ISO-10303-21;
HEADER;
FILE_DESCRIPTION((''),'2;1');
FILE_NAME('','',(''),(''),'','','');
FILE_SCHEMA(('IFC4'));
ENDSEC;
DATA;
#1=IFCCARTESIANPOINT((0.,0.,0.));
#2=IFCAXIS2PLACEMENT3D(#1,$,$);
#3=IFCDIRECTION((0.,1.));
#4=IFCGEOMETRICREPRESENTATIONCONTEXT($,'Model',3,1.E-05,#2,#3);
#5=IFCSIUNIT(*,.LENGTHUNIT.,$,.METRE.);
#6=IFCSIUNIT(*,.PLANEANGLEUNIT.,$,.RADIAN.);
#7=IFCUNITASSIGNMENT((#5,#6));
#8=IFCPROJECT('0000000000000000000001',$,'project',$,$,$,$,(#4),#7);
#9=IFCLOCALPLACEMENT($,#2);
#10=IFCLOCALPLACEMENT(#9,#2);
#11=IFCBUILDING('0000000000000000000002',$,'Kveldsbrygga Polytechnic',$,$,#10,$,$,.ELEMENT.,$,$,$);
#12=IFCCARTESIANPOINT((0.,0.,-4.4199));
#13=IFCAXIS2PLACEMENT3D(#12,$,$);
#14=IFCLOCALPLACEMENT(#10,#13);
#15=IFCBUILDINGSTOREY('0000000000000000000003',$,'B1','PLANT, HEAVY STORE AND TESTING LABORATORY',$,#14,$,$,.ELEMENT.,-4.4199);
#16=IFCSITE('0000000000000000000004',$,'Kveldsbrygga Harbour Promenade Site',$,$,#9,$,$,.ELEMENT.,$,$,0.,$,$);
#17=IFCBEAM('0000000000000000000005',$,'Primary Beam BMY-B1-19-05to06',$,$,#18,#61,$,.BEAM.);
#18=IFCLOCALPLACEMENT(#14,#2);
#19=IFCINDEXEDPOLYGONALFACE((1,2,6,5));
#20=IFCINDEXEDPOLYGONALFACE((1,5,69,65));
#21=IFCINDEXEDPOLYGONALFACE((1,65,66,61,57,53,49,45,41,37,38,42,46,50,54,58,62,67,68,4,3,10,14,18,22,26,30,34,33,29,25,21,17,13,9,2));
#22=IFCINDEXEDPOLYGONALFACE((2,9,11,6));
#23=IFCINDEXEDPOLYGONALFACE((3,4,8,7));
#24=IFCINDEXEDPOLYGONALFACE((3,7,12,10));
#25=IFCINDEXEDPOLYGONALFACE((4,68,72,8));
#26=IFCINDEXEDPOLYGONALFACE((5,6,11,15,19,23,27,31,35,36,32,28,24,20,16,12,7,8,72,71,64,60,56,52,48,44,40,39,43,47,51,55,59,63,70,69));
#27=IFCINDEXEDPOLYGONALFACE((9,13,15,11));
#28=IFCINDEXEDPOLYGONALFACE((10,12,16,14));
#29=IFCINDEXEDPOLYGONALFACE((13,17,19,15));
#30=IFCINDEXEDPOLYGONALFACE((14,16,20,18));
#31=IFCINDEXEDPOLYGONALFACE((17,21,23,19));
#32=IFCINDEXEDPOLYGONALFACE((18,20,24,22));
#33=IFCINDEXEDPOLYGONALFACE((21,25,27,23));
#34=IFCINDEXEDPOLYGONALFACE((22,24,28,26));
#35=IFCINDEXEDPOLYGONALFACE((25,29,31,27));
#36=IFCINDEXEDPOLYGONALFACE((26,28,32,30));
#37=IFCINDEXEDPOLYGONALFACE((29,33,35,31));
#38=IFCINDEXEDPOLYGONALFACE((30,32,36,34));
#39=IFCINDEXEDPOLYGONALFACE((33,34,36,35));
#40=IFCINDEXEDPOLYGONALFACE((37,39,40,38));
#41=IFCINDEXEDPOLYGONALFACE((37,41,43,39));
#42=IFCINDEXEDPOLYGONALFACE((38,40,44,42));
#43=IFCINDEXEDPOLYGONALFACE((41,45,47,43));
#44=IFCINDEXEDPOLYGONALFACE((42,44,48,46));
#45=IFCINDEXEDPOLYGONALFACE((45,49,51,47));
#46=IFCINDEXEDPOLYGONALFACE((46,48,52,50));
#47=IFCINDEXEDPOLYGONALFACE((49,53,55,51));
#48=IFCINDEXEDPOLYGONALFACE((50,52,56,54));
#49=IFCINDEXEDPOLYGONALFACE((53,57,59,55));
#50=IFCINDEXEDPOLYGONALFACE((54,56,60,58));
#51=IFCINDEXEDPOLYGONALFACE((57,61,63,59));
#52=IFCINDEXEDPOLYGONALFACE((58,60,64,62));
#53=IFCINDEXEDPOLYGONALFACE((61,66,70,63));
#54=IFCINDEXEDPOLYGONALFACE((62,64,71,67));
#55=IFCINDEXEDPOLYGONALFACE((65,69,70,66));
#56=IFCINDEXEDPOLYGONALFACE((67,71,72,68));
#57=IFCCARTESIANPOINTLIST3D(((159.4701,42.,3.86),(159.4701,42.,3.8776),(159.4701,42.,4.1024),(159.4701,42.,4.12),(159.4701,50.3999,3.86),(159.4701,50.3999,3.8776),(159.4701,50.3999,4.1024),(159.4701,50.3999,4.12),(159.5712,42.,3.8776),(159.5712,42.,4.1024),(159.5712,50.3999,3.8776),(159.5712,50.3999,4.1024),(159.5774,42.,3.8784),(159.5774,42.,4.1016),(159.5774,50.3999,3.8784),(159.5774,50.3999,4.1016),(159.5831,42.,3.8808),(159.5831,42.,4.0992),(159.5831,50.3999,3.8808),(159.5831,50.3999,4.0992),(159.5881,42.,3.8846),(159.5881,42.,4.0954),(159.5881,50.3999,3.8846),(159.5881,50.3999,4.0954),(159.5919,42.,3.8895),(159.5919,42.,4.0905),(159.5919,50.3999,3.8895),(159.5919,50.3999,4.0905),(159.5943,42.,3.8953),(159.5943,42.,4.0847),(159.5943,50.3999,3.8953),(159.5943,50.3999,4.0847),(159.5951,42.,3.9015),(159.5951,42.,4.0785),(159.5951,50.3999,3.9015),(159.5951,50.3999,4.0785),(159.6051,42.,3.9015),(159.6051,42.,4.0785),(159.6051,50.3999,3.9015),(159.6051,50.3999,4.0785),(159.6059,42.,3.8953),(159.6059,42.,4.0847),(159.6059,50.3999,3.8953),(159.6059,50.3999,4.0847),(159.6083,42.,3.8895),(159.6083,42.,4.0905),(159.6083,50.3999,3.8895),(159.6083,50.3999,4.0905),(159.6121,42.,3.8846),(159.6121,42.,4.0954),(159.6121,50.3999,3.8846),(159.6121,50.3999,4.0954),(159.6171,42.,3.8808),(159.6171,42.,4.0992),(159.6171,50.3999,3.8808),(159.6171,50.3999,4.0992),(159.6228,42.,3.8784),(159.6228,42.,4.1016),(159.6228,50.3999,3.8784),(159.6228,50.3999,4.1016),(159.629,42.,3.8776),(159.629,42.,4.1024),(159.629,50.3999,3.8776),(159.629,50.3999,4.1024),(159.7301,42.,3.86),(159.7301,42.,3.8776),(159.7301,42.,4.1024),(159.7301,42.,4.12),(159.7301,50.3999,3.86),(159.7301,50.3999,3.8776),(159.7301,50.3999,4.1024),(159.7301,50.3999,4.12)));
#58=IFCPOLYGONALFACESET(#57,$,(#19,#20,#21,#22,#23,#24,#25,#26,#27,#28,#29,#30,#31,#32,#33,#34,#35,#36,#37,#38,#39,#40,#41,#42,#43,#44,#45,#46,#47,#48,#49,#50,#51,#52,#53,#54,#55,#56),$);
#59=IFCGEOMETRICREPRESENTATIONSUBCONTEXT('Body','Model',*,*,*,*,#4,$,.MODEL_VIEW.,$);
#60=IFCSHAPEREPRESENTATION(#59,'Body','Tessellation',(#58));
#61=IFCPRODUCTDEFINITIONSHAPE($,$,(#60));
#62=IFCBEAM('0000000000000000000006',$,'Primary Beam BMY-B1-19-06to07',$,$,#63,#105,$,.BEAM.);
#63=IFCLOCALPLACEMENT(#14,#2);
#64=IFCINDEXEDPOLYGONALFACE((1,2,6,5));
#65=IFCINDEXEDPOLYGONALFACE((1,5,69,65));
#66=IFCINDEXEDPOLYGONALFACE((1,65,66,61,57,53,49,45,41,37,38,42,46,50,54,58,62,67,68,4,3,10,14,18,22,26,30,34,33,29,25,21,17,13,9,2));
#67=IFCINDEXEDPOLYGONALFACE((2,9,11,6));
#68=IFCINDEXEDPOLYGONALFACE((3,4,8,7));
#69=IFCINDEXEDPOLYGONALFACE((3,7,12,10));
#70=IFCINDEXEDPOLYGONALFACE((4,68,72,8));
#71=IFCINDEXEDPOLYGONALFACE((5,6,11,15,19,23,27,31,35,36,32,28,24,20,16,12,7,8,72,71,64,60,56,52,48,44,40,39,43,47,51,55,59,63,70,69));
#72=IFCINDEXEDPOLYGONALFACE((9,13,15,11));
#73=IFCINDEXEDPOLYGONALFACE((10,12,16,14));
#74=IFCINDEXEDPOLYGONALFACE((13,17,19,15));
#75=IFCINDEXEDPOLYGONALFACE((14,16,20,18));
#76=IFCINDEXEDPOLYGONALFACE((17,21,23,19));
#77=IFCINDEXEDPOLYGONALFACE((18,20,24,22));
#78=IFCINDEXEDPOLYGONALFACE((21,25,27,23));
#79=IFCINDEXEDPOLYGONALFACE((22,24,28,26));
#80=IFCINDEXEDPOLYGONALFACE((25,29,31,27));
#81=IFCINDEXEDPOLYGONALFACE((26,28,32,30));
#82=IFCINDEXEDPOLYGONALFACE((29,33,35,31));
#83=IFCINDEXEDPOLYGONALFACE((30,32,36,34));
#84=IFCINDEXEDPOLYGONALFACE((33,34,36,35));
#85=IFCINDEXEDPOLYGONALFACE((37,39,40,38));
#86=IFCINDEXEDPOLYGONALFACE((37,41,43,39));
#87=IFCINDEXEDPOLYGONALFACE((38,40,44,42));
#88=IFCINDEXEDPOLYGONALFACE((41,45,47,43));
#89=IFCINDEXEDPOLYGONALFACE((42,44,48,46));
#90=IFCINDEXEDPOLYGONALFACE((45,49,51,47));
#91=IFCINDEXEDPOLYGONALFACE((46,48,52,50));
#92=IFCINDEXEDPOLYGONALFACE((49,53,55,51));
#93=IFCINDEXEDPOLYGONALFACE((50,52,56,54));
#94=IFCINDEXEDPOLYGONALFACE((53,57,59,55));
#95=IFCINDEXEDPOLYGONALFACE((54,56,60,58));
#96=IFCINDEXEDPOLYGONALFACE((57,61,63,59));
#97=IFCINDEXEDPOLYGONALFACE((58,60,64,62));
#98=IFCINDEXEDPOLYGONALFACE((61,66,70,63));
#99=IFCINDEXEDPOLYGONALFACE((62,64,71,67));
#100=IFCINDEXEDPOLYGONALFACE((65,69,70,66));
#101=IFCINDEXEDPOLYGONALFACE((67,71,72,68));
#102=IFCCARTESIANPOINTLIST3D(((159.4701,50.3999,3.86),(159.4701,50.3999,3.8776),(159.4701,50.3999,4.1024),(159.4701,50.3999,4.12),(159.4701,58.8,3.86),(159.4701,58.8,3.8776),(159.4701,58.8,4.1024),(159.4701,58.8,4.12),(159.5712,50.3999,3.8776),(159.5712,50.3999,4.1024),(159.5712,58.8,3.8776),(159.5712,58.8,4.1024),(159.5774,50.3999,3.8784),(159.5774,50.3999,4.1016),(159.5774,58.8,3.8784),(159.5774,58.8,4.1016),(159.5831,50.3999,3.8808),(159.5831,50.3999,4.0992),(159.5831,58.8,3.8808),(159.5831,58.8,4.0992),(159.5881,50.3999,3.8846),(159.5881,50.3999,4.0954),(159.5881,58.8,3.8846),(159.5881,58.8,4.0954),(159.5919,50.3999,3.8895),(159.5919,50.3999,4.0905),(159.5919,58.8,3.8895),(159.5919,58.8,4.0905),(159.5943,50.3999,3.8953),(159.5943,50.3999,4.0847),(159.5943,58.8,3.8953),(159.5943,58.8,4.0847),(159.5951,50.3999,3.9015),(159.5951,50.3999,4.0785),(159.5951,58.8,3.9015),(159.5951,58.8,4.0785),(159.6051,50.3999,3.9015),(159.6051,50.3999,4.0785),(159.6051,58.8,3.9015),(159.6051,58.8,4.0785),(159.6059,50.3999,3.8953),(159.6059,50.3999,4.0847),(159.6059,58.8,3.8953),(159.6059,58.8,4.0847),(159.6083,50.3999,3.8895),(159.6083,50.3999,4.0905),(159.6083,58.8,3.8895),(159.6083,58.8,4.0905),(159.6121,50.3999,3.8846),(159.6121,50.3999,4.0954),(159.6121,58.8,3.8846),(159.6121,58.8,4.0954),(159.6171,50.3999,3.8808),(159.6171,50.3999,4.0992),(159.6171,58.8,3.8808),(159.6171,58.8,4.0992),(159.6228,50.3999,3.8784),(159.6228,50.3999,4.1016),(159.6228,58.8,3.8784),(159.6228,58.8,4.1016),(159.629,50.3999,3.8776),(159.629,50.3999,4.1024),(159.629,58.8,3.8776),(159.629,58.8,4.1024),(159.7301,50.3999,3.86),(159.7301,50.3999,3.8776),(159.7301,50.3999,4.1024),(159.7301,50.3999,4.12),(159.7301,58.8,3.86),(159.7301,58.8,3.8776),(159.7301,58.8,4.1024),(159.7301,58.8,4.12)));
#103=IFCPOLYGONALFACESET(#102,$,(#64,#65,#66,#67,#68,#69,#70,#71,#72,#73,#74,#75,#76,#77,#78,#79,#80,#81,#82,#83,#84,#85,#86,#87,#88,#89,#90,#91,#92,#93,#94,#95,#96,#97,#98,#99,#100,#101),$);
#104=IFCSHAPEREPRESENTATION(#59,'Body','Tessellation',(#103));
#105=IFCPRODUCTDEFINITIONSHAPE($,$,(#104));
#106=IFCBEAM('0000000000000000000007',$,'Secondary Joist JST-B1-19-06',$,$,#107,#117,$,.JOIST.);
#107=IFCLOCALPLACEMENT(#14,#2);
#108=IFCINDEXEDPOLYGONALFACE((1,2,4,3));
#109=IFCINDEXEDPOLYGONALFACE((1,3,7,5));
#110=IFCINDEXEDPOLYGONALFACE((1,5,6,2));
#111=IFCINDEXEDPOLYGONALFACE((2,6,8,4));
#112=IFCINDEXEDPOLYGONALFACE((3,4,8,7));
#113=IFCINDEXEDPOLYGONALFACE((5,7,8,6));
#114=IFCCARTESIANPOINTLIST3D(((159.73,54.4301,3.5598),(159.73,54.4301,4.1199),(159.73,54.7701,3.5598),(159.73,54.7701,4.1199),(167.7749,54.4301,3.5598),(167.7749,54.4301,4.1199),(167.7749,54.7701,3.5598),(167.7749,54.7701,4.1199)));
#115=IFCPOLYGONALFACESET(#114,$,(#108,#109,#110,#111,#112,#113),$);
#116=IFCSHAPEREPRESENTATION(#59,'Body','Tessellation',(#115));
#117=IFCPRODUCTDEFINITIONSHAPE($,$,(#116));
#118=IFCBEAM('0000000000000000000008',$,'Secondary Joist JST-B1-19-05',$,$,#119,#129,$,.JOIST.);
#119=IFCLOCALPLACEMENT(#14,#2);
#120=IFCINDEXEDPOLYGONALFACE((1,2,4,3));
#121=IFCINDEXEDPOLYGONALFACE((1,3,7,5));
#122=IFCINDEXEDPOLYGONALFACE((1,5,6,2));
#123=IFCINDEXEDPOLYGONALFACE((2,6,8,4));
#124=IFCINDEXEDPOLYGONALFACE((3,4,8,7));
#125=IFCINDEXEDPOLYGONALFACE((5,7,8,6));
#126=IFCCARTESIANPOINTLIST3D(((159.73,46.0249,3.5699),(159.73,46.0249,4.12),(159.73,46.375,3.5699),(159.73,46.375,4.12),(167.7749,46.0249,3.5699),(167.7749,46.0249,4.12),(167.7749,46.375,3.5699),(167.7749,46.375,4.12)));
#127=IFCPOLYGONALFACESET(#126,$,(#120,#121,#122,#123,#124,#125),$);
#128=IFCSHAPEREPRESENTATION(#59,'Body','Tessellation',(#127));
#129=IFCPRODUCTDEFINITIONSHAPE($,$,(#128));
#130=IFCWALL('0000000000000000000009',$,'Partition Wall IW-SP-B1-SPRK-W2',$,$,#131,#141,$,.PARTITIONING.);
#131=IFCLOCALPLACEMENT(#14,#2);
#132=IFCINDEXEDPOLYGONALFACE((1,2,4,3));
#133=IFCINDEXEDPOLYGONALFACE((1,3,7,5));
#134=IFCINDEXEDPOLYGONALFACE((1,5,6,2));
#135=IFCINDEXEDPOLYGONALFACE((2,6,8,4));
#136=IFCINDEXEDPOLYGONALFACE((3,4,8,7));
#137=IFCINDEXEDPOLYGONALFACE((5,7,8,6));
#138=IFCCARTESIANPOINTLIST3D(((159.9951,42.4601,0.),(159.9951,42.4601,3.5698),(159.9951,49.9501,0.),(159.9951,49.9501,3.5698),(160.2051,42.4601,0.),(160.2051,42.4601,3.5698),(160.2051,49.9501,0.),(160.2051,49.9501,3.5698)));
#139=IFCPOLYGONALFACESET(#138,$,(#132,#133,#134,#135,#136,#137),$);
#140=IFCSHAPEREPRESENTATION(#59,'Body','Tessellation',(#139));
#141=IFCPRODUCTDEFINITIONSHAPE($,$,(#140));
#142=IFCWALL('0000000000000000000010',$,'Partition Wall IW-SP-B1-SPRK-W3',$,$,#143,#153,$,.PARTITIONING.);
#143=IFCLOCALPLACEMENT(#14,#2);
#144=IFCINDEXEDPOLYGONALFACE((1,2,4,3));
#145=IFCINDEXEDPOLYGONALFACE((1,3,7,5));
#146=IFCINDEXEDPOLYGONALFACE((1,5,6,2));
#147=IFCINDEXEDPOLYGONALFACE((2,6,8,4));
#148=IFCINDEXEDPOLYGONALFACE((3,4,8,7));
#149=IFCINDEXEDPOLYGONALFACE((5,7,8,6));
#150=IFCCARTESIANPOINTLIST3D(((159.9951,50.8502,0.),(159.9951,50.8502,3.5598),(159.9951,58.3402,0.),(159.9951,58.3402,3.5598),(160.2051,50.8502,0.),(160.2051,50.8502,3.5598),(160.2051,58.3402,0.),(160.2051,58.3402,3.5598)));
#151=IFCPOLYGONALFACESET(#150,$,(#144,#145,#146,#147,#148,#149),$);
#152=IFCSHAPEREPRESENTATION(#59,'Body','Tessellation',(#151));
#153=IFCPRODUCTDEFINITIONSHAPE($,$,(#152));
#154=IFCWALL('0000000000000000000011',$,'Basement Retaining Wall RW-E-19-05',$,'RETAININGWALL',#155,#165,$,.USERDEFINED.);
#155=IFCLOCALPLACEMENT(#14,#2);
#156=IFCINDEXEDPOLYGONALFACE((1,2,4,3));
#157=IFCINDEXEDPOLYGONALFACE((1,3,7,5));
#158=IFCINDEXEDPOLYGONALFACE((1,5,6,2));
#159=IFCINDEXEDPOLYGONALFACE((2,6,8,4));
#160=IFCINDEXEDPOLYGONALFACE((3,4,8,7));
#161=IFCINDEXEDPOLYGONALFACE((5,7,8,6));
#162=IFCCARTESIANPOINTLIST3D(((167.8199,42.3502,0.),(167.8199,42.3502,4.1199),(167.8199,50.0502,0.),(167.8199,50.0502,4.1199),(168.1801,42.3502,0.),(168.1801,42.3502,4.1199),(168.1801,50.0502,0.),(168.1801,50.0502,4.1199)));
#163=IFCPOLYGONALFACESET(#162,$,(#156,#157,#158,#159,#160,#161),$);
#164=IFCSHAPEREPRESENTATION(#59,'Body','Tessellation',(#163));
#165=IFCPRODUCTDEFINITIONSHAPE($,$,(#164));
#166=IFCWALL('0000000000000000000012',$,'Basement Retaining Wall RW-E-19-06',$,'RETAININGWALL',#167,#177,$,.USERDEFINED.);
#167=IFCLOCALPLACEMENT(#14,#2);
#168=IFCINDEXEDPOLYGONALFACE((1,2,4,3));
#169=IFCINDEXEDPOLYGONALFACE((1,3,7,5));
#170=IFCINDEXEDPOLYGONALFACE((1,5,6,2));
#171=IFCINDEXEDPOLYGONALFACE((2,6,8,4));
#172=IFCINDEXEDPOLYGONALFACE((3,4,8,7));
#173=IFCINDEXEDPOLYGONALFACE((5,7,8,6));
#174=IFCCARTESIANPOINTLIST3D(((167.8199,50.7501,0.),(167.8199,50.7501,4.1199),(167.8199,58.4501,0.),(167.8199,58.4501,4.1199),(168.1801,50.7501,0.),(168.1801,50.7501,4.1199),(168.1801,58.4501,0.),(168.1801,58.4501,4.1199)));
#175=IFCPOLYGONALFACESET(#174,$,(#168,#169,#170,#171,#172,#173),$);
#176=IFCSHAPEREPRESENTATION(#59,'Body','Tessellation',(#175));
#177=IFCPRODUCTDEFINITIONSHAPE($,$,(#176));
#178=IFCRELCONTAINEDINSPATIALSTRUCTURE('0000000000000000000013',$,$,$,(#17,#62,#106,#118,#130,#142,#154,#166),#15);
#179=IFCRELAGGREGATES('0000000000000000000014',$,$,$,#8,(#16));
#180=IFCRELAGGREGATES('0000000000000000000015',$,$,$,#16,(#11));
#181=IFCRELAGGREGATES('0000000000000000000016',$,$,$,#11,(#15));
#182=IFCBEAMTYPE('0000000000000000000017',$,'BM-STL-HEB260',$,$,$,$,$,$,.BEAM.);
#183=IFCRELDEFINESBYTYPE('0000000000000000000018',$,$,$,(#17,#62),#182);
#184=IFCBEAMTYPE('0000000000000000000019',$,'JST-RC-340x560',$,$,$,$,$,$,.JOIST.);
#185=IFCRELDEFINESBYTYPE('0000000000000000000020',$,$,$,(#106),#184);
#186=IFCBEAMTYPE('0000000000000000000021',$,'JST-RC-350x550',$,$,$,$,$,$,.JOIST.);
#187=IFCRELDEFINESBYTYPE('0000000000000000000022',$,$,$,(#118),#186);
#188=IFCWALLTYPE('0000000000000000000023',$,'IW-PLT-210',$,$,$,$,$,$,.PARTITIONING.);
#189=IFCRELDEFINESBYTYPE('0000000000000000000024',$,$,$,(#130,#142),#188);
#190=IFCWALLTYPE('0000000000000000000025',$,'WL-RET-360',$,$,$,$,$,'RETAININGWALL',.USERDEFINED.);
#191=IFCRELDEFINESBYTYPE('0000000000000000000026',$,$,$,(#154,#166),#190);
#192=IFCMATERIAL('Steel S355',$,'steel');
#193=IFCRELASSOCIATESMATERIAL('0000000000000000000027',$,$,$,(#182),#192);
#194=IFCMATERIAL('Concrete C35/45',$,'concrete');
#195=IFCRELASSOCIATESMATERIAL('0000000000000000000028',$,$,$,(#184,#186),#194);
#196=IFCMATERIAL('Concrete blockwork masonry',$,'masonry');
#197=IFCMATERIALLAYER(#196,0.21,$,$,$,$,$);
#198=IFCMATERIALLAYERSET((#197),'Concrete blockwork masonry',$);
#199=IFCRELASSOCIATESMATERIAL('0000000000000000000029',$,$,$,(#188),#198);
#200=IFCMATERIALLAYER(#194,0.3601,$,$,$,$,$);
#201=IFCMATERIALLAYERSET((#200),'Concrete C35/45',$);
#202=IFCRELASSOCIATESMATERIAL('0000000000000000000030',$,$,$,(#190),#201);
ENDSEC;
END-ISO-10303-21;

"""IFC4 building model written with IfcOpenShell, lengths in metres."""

from ifc_helpers import new_model, si_unit, direction, frame, frame_2d, origin, origin_2d, place, context, subcontext, project, spatial, rectangle, i_section, extrude, material, layer, layer_set, material_profile, profile_set, type_object, element, save


model = new_model("IFC4")

# Units and contexts
model_context = context("Model", 3, precision=1e-05, world=origin(), true_north=direction((0.0, 1.0)))
body_context = subcontext(model_context, "Body", "Model", "MODEL_VIEW")
ifc_project = project(units=[si_unit("LENGTHUNIT", "METRE"), si_unit("PLANEANGLEUNIT", "RADIAN")], contexts=[model_context])

# Site, building, storey
site_placement = place(None, origin())
site = spatial("IfcSite", under=ifc_project, at=site_placement, Name="Kveldsbrygga Harbour Promenade Site", CompositionType="ELEMENT", RefElevation=0.0)
building_placement = place(site_placement, origin())
building = spatial("IfcBuilding", under=site, at=building_placement, Name="Kveldsbrygga Polytechnic", CompositionType="ELEMENT")
storey_placement = place(building_placement, frame((0.0, 0.0, -4.4199)))
storey = spatial("IfcBuildingStorey", under=building, at=storey_placement, Name="B1", Description="PLANT, HEAVY STORE AND TESTING LABORATORY", CompositionType="ELEMENT", Elevation=-4.4199)

# Beams
ifc_material_1 = material(Name="Concrete C35/45", Category="concrete")
ifc_material_2 = material(Name="Steel S355", Category="steel")
ifc_material_profile_1 = material_profile(ifc_material_2, i_section(OverallWidth=0.26, OverallDepth=0.26, WebThickness=0.01, FlangeThickness=0.0176, FilletRadius=0.0239, at=origin_2d()), Name="HEB 260")
ifc_profile_set_1 = profile_set([ifc_material_profile_1], Name="Steel S355")
beam_type_1 = type_object("IfcBeamType", Name="BM-STL-HEB260", PredefinedType="BEAM", material=ifc_profile_set_1)
beam_1_placement = place(storey_placement, frame((159.6001, 42.0, 3.99), z_axis=(0.0, 1.0, 0.0), x_axis=(-1.0, 0.0, 0.0)))
element("IfcBeam", 1, at=beam_1_placement, inside=storey, type_object=beam_type_1, Name="Primary Beam BMY-B1-19-05to06", PredefinedType="BEAM", context=body_context, shape_type="SweptSolid", body=[
    extrude(i_section(OverallWidth=0.26, OverallDepth=0.26, WebThickness=0.01, FlangeThickness=0.0176, FilletRadius=0.0239, at=origin_2d()), origin(), (0.0, 0.0, 1.0), 8.3999),
])
beam_2_placement = place(storey_placement, frame((159.6001, 50.3999, 3.99), z_axis=(0.0, 1.0, 0.0), x_axis=(-1.0, 0.0, 0.0)))
element("IfcBeam", 2, at=beam_2_placement, inside=storey, type_object=beam_type_1, Name="Primary Beam BMY-B1-19-06to07", PredefinedType="BEAM", context=body_context, shape_type="SweptSolid", body=[
    extrude(i_section(OverallWidth=0.26, OverallDepth=0.26, WebThickness=0.01, FlangeThickness=0.0176, FilletRadius=0.0239, at=origin_2d()), origin(), (0.0, 0.0, 1.0), 8.4001),
])
ifc_material_profile_2 = material_profile(ifc_material_1, rectangle(XDim=0.3401, YDim=0.5601, at=origin_2d()), Name="RC 340x560")
ifc_profile_set_2 = profile_set([ifc_material_profile_2], Name="Concrete C35/45")
beam_type_2 = type_object("IfcBeamType", Name="JST-RC-340x560", PredefinedType="JOIST", material=ifc_profile_set_2)
beam_3_placement = place(storey_placement, frame((159.73, 54.6001, 3.8398), z_axis=(1.0, 0.0, 0.0), x_axis=(0.0, 1.0, 0.0)))
element("IfcBeam", 3, at=beam_3_placement, inside=storey, type_object=beam_type_2, Name="Secondary Joist JST-B1-19-06", PredefinedType="JOIST", context=body_context, shape_type="SweptSolid", body=[
    extrude(rectangle(XDim=0.3401, YDim=0.5601, at=origin_2d()), origin(), (0.0, 0.0, 1.0), 8.0449),
])
ifc_material_profile_3 = material_profile(ifc_material_1, rectangle(XDim=0.3501, YDim=0.55, at=origin_2d()), Name="RC 350x550")
ifc_profile_set_3 = profile_set([ifc_material_profile_3], Name="Concrete C35/45")
beam_type_3 = type_object("IfcBeamType", Name="JST-RC-350x550", PredefinedType="JOIST", material=ifc_profile_set_3)
beam_4_placement = place(storey_placement, frame((159.73, 46.2, 3.845), z_axis=(1.0, 0.0, 0.0), x_axis=(0.0, 1.0, 0.0)))
element("IfcBeam", 4, at=beam_4_placement, inside=storey, type_object=beam_type_3, Name="Secondary Joist JST-B1-19-05", PredefinedType="JOIST", context=body_context, shape_type="SweptSolid", body=[
    extrude(rectangle(XDim=0.3501, YDim=0.55, at=origin_2d()), origin(), (0.0, 0.0, 1.0), 8.0449),
])

# Walls
ifc_material_3 = material(Name="Concrete blockwork masonry", Category="masonry")
ifc_layer_1 = layer(ifc_material_3, 0.21)
ifc_layer_set_1 = layer_set([ifc_layer_1], Name="Concrete blockwork masonry")
wall_type_1 = type_object("IfcWallType", Name="IW-PLT-210", PredefinedType="PARTITIONING", material=ifc_layer_set_1)
wall_1_placement = place(storey_placement, frame((160.1001, 42.46, 0.0), z_axis=(0.0, 0.0, 1.0), x_axis=(0.0, 1.0, 0.0)))
element("IfcWall", 5, at=wall_1_placement, inside=storey, type_object=wall_type_1, Name="Partition Wall IW-SP-B1-SPRK-W2", PredefinedType="PARTITIONING", context=body_context, shape_type="SweptSolid", body=[
    extrude(rectangle(XDim=7.49, YDim=0.21, at=frame_2d((3.7451, 0.0))), origin(), (0.0, 0.0, 1.0), 3.5698),
])
wall_2_placement = place(storey_placement, frame((160.1001, 50.8501, 0.0), z_axis=(0.0, 0.0, 1.0), x_axis=(0.0, 1.0, 0.0)))
element("IfcWall", 6, at=wall_2_placement, inside=storey, type_object=wall_type_1, Name="Partition Wall IW-SP-B1-SPRK-W3", PredefinedType="PARTITIONING", context=body_context, shape_type="SweptSolid", body=[
    extrude(rectangle(XDim=7.49, YDim=0.21, at=frame_2d((3.7451, 0.0))), origin(), (0.0, 0.0, 1.0), 3.5598),
])
ifc_layer_2 = layer(ifc_material_1, 0.3601)
ifc_layer_set_2 = layer_set([ifc_layer_2], Name="Concrete C35/45")
wall_type_2 = type_object("IfcWallType", Name="WL-RET-360", ElementType="RETAININGWALL", PredefinedType="USERDEFINED", material=ifc_layer_set_2)
for number, where, z_axis, x_axis, name in (
    (7, (168.0, 42.3501, 0.0), (0.0, 0.0, 1.0), (0.0, 1.0, 0.0), "Basement Retaining Wall RW-E-19-05"),
    (8, (168.0, 50.75, 0.0), (0.0, 0.0, 1.0), (0.0, 1.0, 0.0), "Basement Retaining Wall RW-E-19-06"),
):
    element("IfcWall", number, at=place(storey_placement, frame(where, z_axis=z_axis, x_axis=x_axis)), inside=storey, type_object=wall_type_2, Name=name, ObjectType="RETAININGWALL", PredefinedType="USERDEFINED", context=body_context, shape_type="SweptSolid", body=[
        extrude(rectangle(XDim=7.7, YDim=0.3601, at=frame_2d((3.8501, 0.0))), origin(), (0.0, 0.0, 1.0), 4.1199),
    ])

save(model, "model.ifc")
